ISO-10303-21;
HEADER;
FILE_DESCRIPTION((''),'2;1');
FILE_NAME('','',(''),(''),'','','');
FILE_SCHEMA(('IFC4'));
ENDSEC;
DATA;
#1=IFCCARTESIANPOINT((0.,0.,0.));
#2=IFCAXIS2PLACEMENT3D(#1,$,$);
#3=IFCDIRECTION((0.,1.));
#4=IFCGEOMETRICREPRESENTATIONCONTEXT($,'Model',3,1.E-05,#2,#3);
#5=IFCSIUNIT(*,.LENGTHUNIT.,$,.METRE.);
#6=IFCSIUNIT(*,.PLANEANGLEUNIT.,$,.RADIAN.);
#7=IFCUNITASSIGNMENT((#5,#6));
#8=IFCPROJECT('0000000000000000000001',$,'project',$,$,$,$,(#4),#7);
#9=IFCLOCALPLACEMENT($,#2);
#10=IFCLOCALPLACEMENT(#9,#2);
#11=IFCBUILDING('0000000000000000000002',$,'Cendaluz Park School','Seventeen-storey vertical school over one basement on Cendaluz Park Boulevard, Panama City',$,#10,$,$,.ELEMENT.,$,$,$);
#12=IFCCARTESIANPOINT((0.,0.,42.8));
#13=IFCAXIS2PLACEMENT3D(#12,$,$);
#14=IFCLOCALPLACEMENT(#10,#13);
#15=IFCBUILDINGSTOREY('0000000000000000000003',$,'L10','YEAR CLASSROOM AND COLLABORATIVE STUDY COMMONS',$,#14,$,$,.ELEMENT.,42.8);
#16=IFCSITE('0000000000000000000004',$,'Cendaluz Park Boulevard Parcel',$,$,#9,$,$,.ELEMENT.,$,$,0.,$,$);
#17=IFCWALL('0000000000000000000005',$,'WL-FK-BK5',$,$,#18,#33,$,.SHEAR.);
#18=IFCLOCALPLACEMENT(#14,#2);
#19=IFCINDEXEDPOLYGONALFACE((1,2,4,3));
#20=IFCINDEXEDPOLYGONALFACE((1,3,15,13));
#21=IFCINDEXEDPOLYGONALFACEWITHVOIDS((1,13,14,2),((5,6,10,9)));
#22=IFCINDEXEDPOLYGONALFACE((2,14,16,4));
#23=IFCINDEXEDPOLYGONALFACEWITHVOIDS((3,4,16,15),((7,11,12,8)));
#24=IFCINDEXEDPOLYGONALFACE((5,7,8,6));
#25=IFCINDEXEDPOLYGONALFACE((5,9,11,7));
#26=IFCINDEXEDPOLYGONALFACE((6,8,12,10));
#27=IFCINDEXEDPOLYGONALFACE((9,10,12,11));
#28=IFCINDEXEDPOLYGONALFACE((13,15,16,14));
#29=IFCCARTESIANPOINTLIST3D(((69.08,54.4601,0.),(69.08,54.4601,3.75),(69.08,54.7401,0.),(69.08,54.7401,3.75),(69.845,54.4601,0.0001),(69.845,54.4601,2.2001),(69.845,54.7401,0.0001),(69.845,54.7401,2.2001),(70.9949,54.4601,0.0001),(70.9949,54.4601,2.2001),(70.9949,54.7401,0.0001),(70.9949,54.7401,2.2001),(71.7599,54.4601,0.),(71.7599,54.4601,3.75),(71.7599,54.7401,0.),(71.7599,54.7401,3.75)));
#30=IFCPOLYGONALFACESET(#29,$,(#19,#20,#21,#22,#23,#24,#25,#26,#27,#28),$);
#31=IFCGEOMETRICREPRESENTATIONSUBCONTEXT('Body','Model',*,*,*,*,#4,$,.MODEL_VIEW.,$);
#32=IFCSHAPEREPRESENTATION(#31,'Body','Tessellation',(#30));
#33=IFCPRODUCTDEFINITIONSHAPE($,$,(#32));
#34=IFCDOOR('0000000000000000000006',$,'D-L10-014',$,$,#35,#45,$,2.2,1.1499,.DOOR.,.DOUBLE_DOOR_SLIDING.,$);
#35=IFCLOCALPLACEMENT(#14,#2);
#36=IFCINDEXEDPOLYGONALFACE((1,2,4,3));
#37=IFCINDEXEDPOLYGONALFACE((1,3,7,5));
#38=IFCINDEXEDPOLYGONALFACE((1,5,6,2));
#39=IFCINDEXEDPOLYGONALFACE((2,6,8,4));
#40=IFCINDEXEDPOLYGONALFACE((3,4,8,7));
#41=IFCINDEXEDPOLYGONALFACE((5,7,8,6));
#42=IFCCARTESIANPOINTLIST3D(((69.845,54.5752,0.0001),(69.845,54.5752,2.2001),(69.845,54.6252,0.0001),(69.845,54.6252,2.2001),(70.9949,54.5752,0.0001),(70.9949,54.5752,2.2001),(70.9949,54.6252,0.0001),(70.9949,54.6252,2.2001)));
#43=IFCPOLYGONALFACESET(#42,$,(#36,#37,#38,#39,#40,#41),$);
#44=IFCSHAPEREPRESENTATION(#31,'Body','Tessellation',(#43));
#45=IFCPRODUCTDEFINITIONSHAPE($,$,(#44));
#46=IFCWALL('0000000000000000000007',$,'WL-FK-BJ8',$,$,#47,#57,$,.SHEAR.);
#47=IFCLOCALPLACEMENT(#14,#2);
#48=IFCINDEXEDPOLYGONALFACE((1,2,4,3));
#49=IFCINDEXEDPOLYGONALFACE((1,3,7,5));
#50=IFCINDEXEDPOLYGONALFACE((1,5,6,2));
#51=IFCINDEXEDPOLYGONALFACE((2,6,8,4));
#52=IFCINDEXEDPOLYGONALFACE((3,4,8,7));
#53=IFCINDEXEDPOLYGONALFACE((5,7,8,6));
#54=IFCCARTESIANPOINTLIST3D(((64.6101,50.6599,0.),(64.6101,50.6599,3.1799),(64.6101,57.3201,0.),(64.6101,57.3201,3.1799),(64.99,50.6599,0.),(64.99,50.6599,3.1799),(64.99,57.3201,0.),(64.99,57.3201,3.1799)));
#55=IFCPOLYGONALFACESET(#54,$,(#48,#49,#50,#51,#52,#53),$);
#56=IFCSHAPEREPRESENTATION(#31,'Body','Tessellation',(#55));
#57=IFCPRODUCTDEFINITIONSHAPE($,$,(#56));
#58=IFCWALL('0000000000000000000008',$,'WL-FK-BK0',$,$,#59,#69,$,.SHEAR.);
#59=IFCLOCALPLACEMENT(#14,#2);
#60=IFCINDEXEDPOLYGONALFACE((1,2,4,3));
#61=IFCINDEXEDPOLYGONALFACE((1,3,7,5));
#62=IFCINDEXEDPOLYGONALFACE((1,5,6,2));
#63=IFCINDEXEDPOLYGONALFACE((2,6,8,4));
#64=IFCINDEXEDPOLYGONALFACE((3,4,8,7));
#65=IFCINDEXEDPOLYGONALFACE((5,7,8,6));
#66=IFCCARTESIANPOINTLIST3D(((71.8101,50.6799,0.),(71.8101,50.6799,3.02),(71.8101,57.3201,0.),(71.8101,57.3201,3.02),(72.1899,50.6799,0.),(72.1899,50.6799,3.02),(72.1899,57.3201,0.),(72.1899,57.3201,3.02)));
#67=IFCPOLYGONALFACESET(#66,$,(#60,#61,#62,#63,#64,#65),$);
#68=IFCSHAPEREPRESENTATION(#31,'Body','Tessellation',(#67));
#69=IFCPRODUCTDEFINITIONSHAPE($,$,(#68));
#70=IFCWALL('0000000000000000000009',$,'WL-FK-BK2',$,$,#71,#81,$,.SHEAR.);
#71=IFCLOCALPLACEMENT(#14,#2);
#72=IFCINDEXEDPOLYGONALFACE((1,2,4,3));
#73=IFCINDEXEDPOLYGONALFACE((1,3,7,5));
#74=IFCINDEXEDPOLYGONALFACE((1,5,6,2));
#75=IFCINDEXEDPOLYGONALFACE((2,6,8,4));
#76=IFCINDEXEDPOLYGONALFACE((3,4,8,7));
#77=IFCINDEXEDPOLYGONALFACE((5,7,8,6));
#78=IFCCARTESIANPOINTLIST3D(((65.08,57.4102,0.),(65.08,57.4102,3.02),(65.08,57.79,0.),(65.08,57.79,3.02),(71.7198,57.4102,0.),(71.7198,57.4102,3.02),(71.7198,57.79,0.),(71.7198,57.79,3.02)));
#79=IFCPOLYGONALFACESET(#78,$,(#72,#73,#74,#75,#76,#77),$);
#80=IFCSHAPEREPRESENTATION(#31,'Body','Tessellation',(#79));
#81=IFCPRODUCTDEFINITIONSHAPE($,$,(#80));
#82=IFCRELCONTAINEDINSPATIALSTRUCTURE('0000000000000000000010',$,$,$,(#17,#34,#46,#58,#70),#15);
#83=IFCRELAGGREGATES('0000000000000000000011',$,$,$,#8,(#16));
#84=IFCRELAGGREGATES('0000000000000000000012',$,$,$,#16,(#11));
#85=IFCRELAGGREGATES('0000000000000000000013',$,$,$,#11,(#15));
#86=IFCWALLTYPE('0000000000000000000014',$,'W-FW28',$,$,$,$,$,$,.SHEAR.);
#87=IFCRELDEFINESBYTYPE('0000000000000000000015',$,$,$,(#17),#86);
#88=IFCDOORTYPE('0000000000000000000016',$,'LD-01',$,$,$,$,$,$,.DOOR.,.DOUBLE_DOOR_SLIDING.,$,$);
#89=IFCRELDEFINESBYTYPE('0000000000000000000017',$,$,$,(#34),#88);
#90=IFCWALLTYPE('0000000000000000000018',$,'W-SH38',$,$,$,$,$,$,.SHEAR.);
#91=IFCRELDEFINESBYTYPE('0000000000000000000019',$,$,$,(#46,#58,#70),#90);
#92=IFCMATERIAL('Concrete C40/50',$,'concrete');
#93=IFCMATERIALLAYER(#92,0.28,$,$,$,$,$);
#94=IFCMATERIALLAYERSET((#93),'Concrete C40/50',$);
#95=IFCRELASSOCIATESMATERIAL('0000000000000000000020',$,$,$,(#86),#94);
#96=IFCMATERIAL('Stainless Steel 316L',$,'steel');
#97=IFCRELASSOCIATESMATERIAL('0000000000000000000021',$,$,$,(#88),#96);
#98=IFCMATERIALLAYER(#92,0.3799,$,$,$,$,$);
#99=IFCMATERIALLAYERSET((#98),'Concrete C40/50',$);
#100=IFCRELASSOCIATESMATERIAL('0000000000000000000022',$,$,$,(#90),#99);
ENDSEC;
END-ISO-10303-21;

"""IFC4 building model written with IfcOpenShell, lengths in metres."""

from ifc_helpers import new_model, si_unit, direction, frame, frame_2d, origin, place, context, subcontext, project, spatial, rectangle, extrude, material, layer, layer_set, type_object, element, fill, save


model = new_model("IFC4")

# Units and contexts
model_context = context("Model", 3, precision=1e-05, world=origin(), true_north=direction((0.0, 1.0)))
body_context = subcontext(model_context, "Body", "Model", "MODEL_VIEW")
ifc_project = project(units=[si_unit("LENGTHUNIT", "METRE"), si_unit("PLANEANGLEUNIT", "RADIAN")], contexts=[model_context])

# Site, building, storey
site_placement = place(None, origin())
site = spatial("IfcSite", under=ifc_project, at=site_placement, Name="Cendaluz Park Boulevard Parcel", CompositionType="ELEMENT", RefElevation=0.0)
building_placement = place(site_placement, origin())
building = spatial("IfcBuilding", under=site, at=building_placement, Name="Cendaluz Park School", Description="Seventeen-storey vertical school over one basement on Cendaluz Park Boulevard, Panama City", CompositionType="ELEMENT")
storey_placement = place(building_placement, frame((0.0, 0.0, 42.8)))
storey = spatial("IfcBuildingStorey", under=building, at=storey_placement, Name="L10", Description="YEAR CLASSROOM AND COLLABORATIVE STUDY COMMONS", CompositionType="ELEMENT", Elevation=42.8)

# Shared definitions
ifc_material_1 = material(Name="Concrete C40/50", Category="concrete")
ifc_layer_1 = layer(ifc_material_1, 0.28)
ifc_layer_set_1 = layer_set([ifc_layer_1], Name="Concrete C40/50")
wall_type_1 = type_object("IfcWallType", Name="W-FW28", PredefinedType="SHEAR", material=ifc_layer_set_1)

# Wall, opening, door
wall_1_placement = place(storey_placement, frame((69.0801, 54.6001, 0.0), z_axis=(0.0, 0.0, 1.0), x_axis=(1.0, 0.0, 0.0)))
wall_1 = element("IfcWall", 1, at=wall_1_placement, inside=storey, type_object=wall_type_1, Name="WL-FK-BK5", PredefinedType="SHEAR", context=body_context, shape_type="SweptSolid", body=[
    extrude(rectangle(XDim=2.6799, YDim=0.28, at=frame_2d((1.3398, 0.0))), origin(), (0.0, 0.0, 1.0), 3.75),
])
opening_1_placement = place(wall_1_placement, frame((0.7649, 0.0, 0.0)))
opening_1 = element("IfcOpeningElement", 2, at=opening_1_placement, cuts=wall_1, PredefinedType="OPENING", context=body_context, shape_type="SweptSolid", body=[
    extrude(rectangle(XDim=1.1499, YDim=2.2, at=frame_2d((0.575, 1.1001))), frame((0.0, 0.1521, 0.0), z_axis=(0.0, -1.0, 0.0), x_axis=(1.0, 0.0, 0.0)), (0.0, 0.0, 1.0), 0.304),
])
ifc_material_2 = material(Name="Stainless Steel 316L", Category="steel")
door_type_1 = type_object("IfcDoorType", Name="LD-01", OperationType="DOUBLE_DOOR_SLIDING", PredefinedType="DOOR", material=ifc_material_2)
door_1_placement = place(opening_1_placement, frame((1.1499, 0.0, 0.0), z_axis=(0.0, 0.0, 1.0), x_axis=(-1.0, 0.0, 0.0)))
door_1 = element("IfcDoor", 3, at=door_1_placement, inside=storey, type_object=door_type_1, Name="D-L10-014", OperationType="DOUBLE_DOOR_SLIDING", OverallHeight=2.2, OverallWidth=1.1499, PredefinedType="DOOR", context=body_context, shape_type="SweptSolid", body=[
    extrude(rectangle(XDim=1.1499, YDim=2.2, at=frame_2d((0.575, 1.1001))), frame((0.0, 0.0249, 0.0), z_axis=(0.0, -1.0, 0.0), x_axis=(1.0, 0.0, 0.0)), (0.0, 0.0, 1.0), 0.05),
])
fill(opening_1, door_1)

# Walls
ifc_layer_2 = layer(ifc_material_1, 0.3799)
ifc_layer_set_2 = layer_set([ifc_layer_2], Name="Concrete C40/50")
wall_type_2 = type_object("IfcWallType", Name="W-SH38", PredefinedType="SHEAR", material=ifc_layer_set_2)
wall_2_placement = place(storey_placement, frame((64.8, 50.6599, 0.0), z_axis=(0.0, 0.0, 1.0), x_axis=(0.0, 1.0, 0.0)))
element("IfcWall", 4, at=wall_2_placement, inside=storey, type_object=wall_type_2, Name="WL-FK-BJ8", PredefinedType="SHEAR", context=body_context, shape_type="SweptSolid", body=[
    extrude(rectangle(XDim=6.6602, YDim=0.3799, at=frame_2d((3.3301, 0.0))), origin(), (0.0, 0.0, 1.0), 3.1799),
])
wall_3_placement = place(storey_placement, frame((72.0, 50.6799, 0.0), z_axis=(0.0, 0.0, 1.0), x_axis=(0.0, 1.0, 0.0)))
element("IfcWall", 5, at=wall_3_placement, inside=storey, type_object=wall_type_2, Name="WL-FK-BK0", PredefinedType="SHEAR", context=body_context, shape_type="SweptSolid", body=[
    extrude(rectangle(XDim=6.6401, YDim=0.3799, at=frame_2d((3.3201, 0.0))), origin(), (0.0, 0.0, 1.0), 3.02),
])
wall_4_placement = place(storey_placement, frame((65.0801, 57.6001, 0.0), z_axis=(0.0, 0.0, 1.0), x_axis=(1.0, 0.0, 0.0)))
element("IfcWall", 6, at=wall_4_placement, inside=storey, type_object=wall_type_2, Name="WL-FK-BK2", PredefinedType="SHEAR", context=body_context, shape_type="SweptSolid", body=[
    extrude(rectangle(XDim=6.6399, YDim=0.3799, at=frame_2d((3.3198, 0.0))), origin(), (0.0, 0.0, 1.0), 3.02),
])

save(model, "model.ifc")
